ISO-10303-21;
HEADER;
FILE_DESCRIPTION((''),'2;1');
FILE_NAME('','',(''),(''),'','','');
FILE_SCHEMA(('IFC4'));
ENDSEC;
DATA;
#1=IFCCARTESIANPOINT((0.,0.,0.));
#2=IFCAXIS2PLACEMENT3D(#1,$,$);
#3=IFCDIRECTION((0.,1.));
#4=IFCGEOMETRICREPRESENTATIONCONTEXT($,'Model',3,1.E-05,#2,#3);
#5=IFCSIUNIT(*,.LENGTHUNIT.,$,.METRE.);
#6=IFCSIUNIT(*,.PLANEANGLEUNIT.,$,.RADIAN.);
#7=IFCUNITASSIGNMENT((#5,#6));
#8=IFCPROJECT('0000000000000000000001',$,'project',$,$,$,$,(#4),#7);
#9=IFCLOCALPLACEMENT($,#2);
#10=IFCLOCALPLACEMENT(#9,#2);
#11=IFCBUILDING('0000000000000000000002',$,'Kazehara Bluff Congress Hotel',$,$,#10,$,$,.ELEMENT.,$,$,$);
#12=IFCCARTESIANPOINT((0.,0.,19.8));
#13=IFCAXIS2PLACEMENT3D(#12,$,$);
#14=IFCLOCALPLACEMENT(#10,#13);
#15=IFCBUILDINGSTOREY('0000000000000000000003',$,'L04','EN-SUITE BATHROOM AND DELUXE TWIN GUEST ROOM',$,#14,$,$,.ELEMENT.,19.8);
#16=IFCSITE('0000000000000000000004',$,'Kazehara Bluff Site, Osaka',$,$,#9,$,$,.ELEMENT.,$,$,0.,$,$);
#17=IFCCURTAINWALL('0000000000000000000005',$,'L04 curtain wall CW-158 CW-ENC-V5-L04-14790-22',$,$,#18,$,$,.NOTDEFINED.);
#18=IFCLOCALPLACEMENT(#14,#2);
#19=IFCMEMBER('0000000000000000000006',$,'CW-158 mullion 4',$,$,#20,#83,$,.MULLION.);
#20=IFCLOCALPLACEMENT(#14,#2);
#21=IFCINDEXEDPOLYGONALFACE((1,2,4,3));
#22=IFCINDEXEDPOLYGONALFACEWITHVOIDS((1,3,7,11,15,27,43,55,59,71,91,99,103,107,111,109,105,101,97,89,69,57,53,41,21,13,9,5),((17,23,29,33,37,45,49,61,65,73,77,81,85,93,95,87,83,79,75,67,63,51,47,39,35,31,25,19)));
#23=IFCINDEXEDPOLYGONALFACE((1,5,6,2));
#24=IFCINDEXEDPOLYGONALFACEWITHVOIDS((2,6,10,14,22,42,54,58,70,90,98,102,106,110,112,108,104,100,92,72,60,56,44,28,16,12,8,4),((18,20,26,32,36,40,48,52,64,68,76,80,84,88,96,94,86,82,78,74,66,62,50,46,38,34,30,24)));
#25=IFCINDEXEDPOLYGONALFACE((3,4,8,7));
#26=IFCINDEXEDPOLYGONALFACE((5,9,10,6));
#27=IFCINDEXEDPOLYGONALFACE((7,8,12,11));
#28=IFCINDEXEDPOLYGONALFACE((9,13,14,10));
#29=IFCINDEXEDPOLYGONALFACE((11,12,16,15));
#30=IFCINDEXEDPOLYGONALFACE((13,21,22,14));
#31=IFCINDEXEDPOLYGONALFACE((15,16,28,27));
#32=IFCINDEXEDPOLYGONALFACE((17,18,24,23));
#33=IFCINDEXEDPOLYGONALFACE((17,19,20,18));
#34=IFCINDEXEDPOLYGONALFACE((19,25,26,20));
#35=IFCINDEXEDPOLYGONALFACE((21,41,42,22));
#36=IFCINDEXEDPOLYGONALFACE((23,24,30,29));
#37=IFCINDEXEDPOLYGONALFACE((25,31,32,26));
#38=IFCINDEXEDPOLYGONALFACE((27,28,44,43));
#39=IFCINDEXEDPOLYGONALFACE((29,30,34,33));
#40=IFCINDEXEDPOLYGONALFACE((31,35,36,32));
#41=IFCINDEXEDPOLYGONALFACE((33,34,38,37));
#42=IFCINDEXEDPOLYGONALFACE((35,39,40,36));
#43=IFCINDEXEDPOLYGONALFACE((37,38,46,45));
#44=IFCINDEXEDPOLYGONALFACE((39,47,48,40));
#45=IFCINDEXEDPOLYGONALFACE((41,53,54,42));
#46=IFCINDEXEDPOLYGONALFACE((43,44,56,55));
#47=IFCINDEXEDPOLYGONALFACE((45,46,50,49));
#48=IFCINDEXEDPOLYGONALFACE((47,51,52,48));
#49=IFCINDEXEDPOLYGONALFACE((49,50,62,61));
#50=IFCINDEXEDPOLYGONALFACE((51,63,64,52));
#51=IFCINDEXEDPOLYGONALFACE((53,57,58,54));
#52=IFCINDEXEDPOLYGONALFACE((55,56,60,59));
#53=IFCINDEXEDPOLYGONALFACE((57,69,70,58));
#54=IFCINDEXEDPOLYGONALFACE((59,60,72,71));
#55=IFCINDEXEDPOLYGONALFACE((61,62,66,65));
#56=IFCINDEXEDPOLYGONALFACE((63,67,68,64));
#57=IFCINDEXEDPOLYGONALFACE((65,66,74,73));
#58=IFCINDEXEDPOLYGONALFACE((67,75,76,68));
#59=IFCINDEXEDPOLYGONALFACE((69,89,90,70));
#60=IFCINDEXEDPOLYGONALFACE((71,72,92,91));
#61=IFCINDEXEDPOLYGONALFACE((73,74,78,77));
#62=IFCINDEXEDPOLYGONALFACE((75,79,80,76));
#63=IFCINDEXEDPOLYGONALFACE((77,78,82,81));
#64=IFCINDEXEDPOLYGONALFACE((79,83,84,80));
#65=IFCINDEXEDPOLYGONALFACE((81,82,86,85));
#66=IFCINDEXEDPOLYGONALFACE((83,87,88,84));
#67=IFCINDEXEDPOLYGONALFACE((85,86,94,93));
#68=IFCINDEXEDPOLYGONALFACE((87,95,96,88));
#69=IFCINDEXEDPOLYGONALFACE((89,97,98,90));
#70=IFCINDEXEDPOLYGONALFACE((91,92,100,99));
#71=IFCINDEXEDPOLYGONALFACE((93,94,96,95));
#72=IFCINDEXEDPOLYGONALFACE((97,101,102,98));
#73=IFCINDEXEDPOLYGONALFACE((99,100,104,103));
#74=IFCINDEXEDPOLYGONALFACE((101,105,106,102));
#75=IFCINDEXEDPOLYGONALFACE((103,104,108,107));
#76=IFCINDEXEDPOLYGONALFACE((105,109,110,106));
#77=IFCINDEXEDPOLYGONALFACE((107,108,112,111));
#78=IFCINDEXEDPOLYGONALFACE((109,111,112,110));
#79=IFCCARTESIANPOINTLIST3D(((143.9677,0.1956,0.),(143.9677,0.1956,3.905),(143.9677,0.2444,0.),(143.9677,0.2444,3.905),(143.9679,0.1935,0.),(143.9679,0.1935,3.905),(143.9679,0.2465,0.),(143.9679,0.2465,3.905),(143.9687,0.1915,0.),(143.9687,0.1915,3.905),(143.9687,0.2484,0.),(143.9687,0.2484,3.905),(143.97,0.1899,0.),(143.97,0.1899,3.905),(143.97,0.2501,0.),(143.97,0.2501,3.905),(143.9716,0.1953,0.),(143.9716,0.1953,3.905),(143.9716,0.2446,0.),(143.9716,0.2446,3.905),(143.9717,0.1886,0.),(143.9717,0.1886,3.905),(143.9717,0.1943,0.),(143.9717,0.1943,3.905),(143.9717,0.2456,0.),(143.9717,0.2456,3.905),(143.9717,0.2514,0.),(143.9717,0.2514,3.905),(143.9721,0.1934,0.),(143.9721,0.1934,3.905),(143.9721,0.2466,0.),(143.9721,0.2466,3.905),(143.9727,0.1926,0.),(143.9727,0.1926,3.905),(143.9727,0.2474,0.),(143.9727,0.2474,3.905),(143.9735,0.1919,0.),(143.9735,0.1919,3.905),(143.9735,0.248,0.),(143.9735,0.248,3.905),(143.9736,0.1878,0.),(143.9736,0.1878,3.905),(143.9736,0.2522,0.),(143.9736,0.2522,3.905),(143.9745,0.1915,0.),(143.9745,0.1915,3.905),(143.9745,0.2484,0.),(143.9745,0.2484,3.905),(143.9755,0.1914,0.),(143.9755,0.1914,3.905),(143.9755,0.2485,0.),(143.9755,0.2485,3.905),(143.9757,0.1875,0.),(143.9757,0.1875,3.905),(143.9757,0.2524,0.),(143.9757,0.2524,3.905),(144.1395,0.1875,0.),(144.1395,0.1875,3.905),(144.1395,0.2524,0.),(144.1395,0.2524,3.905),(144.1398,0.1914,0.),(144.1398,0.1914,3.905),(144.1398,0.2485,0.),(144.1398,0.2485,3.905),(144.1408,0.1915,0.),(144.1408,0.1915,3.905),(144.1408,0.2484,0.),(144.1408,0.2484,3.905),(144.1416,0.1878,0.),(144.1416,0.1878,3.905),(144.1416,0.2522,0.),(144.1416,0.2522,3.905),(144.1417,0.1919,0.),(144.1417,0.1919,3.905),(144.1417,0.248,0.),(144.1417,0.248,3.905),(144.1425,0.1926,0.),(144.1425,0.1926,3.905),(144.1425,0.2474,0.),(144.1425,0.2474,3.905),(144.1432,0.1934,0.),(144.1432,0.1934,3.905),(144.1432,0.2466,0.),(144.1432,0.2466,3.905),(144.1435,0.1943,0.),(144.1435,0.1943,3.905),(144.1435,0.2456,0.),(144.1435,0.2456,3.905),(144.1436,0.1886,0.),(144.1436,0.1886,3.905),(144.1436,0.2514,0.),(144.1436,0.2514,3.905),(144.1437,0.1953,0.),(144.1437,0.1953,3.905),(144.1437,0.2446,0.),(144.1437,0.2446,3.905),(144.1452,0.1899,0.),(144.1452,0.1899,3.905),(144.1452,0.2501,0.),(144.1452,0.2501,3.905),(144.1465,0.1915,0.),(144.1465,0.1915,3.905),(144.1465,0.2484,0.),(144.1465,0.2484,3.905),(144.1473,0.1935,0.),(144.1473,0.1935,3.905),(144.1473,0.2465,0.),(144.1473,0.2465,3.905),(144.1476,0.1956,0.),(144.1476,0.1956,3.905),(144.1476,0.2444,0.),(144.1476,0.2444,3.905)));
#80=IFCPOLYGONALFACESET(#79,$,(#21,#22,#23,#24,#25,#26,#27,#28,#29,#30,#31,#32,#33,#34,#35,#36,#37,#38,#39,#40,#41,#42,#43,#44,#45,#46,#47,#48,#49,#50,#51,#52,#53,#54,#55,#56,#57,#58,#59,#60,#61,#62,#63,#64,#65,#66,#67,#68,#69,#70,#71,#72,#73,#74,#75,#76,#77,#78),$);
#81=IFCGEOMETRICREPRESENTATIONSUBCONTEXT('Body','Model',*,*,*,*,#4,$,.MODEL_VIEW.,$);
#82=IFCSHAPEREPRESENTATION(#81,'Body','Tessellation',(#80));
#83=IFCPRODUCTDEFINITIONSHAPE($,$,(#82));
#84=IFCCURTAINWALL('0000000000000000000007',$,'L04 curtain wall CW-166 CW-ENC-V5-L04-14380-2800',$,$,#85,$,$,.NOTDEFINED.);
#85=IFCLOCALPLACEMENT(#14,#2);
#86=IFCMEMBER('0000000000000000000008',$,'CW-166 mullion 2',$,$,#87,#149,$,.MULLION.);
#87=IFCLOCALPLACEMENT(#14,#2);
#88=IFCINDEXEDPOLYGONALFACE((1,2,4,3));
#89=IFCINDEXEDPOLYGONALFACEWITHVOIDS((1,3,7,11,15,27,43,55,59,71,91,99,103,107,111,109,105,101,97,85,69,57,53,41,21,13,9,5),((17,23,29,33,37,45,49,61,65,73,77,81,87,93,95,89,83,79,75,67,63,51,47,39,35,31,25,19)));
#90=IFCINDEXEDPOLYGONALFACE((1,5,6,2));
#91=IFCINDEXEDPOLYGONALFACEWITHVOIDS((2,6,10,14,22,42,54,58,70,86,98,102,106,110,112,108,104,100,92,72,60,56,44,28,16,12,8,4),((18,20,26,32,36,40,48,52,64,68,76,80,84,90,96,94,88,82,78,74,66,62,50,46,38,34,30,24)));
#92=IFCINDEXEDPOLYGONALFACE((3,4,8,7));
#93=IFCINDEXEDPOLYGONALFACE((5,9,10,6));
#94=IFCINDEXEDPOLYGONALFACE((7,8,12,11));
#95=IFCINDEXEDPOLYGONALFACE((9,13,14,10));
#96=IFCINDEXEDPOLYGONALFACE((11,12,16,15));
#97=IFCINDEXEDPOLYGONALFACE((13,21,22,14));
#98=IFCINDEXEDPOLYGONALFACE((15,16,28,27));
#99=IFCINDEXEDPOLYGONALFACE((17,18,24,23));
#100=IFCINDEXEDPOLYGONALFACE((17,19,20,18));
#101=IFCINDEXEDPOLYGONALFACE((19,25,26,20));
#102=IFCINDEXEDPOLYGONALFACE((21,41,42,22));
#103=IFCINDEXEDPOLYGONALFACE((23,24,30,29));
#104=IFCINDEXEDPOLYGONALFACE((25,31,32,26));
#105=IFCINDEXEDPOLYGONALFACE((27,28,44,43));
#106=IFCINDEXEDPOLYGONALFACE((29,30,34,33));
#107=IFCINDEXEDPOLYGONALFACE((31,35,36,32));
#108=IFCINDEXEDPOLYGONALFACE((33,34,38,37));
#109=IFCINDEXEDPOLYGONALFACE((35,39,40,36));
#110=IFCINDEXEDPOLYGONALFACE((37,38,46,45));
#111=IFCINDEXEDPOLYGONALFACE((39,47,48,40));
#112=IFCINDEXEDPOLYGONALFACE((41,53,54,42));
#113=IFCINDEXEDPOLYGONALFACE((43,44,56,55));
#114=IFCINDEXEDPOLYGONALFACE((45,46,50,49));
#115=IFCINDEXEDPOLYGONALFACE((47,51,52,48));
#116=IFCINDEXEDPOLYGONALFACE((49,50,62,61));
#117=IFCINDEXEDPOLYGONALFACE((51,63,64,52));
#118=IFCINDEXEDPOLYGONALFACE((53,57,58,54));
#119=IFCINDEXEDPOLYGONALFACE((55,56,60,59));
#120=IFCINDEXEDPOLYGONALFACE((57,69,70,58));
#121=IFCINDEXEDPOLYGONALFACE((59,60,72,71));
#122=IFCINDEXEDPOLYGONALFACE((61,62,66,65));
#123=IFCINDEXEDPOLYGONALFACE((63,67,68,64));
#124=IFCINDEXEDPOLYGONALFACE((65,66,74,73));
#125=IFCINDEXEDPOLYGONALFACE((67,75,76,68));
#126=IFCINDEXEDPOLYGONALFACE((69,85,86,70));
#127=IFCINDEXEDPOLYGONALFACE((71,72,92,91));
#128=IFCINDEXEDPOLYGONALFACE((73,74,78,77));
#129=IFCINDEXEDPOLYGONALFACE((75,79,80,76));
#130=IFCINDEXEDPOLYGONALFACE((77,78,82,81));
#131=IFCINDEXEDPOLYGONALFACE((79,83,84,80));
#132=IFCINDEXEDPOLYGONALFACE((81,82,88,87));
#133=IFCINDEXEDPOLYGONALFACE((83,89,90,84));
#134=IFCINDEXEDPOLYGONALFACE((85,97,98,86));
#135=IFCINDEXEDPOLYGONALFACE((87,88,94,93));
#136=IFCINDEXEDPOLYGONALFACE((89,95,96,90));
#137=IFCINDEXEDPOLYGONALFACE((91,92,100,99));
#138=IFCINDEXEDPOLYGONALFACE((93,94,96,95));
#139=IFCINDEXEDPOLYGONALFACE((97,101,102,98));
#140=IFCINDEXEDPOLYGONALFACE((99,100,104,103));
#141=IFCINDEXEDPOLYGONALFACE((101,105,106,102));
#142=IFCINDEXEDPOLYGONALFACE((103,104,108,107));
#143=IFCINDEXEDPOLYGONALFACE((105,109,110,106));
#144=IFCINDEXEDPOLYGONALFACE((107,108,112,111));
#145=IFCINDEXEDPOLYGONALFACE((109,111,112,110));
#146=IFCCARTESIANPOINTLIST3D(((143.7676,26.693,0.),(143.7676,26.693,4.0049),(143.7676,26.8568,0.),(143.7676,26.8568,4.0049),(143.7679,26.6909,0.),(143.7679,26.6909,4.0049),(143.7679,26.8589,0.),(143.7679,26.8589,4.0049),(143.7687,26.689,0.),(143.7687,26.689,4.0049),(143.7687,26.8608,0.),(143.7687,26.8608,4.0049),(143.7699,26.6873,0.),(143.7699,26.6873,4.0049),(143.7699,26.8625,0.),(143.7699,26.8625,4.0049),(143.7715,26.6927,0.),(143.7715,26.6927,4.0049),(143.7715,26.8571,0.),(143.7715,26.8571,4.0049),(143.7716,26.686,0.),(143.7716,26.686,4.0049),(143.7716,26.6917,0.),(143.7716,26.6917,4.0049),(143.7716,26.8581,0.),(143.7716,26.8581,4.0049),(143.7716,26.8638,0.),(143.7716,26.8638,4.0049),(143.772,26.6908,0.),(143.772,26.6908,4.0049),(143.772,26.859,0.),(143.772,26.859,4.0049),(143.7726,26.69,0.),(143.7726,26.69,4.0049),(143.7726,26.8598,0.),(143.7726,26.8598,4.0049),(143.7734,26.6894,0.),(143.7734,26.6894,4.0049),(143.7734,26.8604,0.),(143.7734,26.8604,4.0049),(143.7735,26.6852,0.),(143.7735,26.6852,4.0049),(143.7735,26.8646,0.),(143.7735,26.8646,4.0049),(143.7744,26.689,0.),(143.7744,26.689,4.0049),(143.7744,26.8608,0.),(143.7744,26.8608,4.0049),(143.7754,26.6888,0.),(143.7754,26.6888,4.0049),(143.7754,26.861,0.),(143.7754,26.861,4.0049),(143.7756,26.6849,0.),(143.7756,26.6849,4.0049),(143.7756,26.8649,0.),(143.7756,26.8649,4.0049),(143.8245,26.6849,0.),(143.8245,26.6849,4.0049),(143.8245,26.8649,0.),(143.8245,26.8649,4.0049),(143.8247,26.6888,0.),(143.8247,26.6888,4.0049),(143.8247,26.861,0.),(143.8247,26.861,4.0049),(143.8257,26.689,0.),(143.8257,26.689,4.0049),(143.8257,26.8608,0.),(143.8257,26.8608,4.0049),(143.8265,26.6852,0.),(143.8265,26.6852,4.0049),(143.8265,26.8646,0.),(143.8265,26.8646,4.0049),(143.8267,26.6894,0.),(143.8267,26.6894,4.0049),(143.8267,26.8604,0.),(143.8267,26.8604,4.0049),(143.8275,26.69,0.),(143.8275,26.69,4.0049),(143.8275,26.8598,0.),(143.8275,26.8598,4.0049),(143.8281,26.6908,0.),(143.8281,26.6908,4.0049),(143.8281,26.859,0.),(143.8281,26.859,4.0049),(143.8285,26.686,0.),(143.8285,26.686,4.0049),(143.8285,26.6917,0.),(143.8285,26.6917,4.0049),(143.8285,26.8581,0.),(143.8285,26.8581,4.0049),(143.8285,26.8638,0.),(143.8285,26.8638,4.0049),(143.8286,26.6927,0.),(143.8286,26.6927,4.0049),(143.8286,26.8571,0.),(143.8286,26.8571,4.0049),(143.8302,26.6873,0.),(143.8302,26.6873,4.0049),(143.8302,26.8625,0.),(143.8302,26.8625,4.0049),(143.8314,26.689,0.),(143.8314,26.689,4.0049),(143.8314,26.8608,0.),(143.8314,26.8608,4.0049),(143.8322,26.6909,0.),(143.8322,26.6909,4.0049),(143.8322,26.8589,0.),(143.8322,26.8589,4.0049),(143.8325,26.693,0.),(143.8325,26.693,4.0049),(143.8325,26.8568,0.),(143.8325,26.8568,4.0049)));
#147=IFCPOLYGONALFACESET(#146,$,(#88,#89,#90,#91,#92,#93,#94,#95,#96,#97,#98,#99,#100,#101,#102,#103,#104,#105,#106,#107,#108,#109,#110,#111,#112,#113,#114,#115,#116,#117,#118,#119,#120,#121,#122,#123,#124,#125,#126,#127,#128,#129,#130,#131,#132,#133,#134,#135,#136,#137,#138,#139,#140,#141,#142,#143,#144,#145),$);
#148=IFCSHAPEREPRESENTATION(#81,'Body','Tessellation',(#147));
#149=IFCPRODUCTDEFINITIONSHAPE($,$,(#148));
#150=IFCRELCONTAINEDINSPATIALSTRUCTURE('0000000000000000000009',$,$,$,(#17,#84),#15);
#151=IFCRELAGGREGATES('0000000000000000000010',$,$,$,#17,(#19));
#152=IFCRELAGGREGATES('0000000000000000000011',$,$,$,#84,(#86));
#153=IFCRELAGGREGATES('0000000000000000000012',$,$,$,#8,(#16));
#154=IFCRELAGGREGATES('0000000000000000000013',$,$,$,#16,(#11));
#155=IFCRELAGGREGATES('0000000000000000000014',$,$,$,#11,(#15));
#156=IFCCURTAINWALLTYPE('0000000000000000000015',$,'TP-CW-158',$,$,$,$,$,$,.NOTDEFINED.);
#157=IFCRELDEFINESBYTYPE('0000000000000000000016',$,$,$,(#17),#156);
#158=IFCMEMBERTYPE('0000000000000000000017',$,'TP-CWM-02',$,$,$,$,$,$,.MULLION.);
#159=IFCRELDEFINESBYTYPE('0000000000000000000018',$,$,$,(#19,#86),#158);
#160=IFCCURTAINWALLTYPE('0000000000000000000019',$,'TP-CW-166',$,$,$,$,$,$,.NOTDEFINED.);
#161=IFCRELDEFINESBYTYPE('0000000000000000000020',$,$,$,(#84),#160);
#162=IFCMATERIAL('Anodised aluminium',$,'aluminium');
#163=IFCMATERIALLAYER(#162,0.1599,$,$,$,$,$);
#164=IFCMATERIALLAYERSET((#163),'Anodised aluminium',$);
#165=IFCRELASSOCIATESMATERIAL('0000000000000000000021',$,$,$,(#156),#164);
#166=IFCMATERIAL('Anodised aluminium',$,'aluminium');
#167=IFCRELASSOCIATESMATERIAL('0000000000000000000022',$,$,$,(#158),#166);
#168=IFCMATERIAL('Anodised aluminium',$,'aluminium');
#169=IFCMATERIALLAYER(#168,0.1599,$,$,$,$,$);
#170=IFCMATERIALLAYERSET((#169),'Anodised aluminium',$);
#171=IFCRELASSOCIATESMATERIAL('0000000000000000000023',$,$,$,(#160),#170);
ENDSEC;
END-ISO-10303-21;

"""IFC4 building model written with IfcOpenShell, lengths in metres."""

from ifc_helpers import new_model, si_unit, direction, frame, origin, origin_2d, place, context, subcontext, project, spatial, hollow_rectangle, extrude, material, layer, layer_set, material_profile, profile_set, type_object, element, aggregate, save


model = new_model("IFC4")

# Units and contexts
model_context = context("Model", 3, precision=1e-05, world=origin(), true_north=direction((0.0, 1.0)))
body_context = subcontext(model_context, "Body", "Model", "MODEL_VIEW")
ifc_project = project(units=[si_unit("LENGTHUNIT", "METRE"), si_unit("PLANEANGLEUNIT", "RADIAN")], contexts=[model_context])

# Site, building, storey
site_placement = place(None, origin())
site = spatial("IfcSite", under=ifc_project, at=site_placement, Name="Kazehara Bluff Site, Osaka", CompositionType="ELEMENT", RefElevation=0.0)
building_placement = place(site_placement, origin())
building = spatial("IfcBuilding", under=site, at=building_placement, Name="Kazehara Bluff Congress Hotel", CompositionType="ELEMENT")
storey_placement = place(building_placement, frame((0.0, 0.0, 19.8)))
storey = spatial("IfcBuildingStorey", under=building, at=storey_placement, Name="L04", Description="EN-SUITE BATHROOM AND DELUXE TWIN GUEST ROOM", CompositionType="ELEMENT", Elevation=19.8)

# Curtain wall, member
ifc_material_1 = material(Name="Anodised aluminium", Category="aluminium")
ifc_layer_1 = layer(ifc_material_1, 0.1599)
ifc_layer_set_1 = layer_set([ifc_layer_1], Name="Anodised aluminium")
curtain_wall_type_1 = type_object("IfcCurtainWallType", Name="TP-CW-158", PredefinedType="NOTDEFINED", material=ifc_layer_set_1)
curtain_wall_1_placement = place(storey_placement, origin())
curtain_wall_1 = element("IfcCurtainWall", 1, at=curtain_wall_1_placement, inside=storey, type_object=curtain_wall_type_1, Name="L04 curtain wall CW-158 CW-ENC-V5-L04-14790-22", PredefinedType="NOTDEFINED")
ifc_material_2 = material(Name="Anodised aluminium", Category="aluminium")
ifc_material_profile_1 = material_profile(ifc_material_2, hollow_rectangle(XDim=0.0649, YDim=0.1799, WallThickness=0.0039, InnerFilletRadius=0.0039, OuterFilletRadius=0.0081, at=origin_2d()))
ifc_profile_set_1 = profile_set([ifc_material_profile_1], Name="Anodised aluminium")
member_type_1 = type_object("IfcMemberType", Name="TP-CWM-02", PredefinedType="MULLION", material=ifc_profile_set_1)
member_1_placement = place(storey_placement, frame((144.0576, 0.22, 0.0), z_axis=(0.0, 0.0, 1.0), x_axis=(0.0, -1.0, 0.0)))
member_1 = element("IfcMember", 2, at=member_1_placement, type_object=member_type_1, Name="CW-158 mullion 4", PredefinedType="MULLION", context=body_context, shape_type="SweptSolid", body=[
    extrude(hollow_rectangle(XDim=0.0649, YDim=0.1799, WallThickness=0.0039, InnerFilletRadius=0.0039, OuterFilletRadius=0.0081, at=origin_2d()), origin(), (0.0, 0.0, 1.0), 3.905),
])
aggregate(curtain_wall_1, [member_1])

# Curtain wall, member
ifc_material_3 = material(Name="Anodised aluminium", Category="aluminium")
ifc_layer_2 = layer(ifc_material_3, 0.1599)
ifc_layer_set_2 = layer_set([ifc_layer_2], Name="Anodised aluminium")
curtain_wall_type_2 = type_object("IfcCurtainWallType", Name="TP-CW-166", PredefinedType="NOTDEFINED", material=ifc_layer_set_2)
curtain_wall_2_placement = place(storey_placement, origin())
curtain_wall_2 = element("IfcCurtainWall", 3, at=curtain_wall_2_placement, inside=storey, type_object=curtain_wall_type_2, Name="L04 curtain wall CW-166 CW-ENC-V5-L04-14380-2800", PredefinedType="NOTDEFINED")
member_2_placement = place(storey_placement, frame((143.8, 26.7749, 0.0), z_axis=(0.0, 0.0, 1.0), x_axis=(-1.0, 0.0, 0.0)))
member_2 = element("IfcMember", 4, at=member_2_placement, type_object=member_type_1, Name="CW-166 mullion 2", PredefinedType="MULLION", context=body_context, shape_type="SweptSolid", body=[
    extrude(hollow_rectangle(XDim=0.0649, YDim=0.1799, WallThickness=0.0039, InnerFilletRadius=0.0039, OuterFilletRadius=0.0081, at=origin_2d()), origin(), (0.0, 0.0, 1.0), 4.0049),
])

aggregate(curtain_wall_2, [member_2])

save(model, "model.ifc")
